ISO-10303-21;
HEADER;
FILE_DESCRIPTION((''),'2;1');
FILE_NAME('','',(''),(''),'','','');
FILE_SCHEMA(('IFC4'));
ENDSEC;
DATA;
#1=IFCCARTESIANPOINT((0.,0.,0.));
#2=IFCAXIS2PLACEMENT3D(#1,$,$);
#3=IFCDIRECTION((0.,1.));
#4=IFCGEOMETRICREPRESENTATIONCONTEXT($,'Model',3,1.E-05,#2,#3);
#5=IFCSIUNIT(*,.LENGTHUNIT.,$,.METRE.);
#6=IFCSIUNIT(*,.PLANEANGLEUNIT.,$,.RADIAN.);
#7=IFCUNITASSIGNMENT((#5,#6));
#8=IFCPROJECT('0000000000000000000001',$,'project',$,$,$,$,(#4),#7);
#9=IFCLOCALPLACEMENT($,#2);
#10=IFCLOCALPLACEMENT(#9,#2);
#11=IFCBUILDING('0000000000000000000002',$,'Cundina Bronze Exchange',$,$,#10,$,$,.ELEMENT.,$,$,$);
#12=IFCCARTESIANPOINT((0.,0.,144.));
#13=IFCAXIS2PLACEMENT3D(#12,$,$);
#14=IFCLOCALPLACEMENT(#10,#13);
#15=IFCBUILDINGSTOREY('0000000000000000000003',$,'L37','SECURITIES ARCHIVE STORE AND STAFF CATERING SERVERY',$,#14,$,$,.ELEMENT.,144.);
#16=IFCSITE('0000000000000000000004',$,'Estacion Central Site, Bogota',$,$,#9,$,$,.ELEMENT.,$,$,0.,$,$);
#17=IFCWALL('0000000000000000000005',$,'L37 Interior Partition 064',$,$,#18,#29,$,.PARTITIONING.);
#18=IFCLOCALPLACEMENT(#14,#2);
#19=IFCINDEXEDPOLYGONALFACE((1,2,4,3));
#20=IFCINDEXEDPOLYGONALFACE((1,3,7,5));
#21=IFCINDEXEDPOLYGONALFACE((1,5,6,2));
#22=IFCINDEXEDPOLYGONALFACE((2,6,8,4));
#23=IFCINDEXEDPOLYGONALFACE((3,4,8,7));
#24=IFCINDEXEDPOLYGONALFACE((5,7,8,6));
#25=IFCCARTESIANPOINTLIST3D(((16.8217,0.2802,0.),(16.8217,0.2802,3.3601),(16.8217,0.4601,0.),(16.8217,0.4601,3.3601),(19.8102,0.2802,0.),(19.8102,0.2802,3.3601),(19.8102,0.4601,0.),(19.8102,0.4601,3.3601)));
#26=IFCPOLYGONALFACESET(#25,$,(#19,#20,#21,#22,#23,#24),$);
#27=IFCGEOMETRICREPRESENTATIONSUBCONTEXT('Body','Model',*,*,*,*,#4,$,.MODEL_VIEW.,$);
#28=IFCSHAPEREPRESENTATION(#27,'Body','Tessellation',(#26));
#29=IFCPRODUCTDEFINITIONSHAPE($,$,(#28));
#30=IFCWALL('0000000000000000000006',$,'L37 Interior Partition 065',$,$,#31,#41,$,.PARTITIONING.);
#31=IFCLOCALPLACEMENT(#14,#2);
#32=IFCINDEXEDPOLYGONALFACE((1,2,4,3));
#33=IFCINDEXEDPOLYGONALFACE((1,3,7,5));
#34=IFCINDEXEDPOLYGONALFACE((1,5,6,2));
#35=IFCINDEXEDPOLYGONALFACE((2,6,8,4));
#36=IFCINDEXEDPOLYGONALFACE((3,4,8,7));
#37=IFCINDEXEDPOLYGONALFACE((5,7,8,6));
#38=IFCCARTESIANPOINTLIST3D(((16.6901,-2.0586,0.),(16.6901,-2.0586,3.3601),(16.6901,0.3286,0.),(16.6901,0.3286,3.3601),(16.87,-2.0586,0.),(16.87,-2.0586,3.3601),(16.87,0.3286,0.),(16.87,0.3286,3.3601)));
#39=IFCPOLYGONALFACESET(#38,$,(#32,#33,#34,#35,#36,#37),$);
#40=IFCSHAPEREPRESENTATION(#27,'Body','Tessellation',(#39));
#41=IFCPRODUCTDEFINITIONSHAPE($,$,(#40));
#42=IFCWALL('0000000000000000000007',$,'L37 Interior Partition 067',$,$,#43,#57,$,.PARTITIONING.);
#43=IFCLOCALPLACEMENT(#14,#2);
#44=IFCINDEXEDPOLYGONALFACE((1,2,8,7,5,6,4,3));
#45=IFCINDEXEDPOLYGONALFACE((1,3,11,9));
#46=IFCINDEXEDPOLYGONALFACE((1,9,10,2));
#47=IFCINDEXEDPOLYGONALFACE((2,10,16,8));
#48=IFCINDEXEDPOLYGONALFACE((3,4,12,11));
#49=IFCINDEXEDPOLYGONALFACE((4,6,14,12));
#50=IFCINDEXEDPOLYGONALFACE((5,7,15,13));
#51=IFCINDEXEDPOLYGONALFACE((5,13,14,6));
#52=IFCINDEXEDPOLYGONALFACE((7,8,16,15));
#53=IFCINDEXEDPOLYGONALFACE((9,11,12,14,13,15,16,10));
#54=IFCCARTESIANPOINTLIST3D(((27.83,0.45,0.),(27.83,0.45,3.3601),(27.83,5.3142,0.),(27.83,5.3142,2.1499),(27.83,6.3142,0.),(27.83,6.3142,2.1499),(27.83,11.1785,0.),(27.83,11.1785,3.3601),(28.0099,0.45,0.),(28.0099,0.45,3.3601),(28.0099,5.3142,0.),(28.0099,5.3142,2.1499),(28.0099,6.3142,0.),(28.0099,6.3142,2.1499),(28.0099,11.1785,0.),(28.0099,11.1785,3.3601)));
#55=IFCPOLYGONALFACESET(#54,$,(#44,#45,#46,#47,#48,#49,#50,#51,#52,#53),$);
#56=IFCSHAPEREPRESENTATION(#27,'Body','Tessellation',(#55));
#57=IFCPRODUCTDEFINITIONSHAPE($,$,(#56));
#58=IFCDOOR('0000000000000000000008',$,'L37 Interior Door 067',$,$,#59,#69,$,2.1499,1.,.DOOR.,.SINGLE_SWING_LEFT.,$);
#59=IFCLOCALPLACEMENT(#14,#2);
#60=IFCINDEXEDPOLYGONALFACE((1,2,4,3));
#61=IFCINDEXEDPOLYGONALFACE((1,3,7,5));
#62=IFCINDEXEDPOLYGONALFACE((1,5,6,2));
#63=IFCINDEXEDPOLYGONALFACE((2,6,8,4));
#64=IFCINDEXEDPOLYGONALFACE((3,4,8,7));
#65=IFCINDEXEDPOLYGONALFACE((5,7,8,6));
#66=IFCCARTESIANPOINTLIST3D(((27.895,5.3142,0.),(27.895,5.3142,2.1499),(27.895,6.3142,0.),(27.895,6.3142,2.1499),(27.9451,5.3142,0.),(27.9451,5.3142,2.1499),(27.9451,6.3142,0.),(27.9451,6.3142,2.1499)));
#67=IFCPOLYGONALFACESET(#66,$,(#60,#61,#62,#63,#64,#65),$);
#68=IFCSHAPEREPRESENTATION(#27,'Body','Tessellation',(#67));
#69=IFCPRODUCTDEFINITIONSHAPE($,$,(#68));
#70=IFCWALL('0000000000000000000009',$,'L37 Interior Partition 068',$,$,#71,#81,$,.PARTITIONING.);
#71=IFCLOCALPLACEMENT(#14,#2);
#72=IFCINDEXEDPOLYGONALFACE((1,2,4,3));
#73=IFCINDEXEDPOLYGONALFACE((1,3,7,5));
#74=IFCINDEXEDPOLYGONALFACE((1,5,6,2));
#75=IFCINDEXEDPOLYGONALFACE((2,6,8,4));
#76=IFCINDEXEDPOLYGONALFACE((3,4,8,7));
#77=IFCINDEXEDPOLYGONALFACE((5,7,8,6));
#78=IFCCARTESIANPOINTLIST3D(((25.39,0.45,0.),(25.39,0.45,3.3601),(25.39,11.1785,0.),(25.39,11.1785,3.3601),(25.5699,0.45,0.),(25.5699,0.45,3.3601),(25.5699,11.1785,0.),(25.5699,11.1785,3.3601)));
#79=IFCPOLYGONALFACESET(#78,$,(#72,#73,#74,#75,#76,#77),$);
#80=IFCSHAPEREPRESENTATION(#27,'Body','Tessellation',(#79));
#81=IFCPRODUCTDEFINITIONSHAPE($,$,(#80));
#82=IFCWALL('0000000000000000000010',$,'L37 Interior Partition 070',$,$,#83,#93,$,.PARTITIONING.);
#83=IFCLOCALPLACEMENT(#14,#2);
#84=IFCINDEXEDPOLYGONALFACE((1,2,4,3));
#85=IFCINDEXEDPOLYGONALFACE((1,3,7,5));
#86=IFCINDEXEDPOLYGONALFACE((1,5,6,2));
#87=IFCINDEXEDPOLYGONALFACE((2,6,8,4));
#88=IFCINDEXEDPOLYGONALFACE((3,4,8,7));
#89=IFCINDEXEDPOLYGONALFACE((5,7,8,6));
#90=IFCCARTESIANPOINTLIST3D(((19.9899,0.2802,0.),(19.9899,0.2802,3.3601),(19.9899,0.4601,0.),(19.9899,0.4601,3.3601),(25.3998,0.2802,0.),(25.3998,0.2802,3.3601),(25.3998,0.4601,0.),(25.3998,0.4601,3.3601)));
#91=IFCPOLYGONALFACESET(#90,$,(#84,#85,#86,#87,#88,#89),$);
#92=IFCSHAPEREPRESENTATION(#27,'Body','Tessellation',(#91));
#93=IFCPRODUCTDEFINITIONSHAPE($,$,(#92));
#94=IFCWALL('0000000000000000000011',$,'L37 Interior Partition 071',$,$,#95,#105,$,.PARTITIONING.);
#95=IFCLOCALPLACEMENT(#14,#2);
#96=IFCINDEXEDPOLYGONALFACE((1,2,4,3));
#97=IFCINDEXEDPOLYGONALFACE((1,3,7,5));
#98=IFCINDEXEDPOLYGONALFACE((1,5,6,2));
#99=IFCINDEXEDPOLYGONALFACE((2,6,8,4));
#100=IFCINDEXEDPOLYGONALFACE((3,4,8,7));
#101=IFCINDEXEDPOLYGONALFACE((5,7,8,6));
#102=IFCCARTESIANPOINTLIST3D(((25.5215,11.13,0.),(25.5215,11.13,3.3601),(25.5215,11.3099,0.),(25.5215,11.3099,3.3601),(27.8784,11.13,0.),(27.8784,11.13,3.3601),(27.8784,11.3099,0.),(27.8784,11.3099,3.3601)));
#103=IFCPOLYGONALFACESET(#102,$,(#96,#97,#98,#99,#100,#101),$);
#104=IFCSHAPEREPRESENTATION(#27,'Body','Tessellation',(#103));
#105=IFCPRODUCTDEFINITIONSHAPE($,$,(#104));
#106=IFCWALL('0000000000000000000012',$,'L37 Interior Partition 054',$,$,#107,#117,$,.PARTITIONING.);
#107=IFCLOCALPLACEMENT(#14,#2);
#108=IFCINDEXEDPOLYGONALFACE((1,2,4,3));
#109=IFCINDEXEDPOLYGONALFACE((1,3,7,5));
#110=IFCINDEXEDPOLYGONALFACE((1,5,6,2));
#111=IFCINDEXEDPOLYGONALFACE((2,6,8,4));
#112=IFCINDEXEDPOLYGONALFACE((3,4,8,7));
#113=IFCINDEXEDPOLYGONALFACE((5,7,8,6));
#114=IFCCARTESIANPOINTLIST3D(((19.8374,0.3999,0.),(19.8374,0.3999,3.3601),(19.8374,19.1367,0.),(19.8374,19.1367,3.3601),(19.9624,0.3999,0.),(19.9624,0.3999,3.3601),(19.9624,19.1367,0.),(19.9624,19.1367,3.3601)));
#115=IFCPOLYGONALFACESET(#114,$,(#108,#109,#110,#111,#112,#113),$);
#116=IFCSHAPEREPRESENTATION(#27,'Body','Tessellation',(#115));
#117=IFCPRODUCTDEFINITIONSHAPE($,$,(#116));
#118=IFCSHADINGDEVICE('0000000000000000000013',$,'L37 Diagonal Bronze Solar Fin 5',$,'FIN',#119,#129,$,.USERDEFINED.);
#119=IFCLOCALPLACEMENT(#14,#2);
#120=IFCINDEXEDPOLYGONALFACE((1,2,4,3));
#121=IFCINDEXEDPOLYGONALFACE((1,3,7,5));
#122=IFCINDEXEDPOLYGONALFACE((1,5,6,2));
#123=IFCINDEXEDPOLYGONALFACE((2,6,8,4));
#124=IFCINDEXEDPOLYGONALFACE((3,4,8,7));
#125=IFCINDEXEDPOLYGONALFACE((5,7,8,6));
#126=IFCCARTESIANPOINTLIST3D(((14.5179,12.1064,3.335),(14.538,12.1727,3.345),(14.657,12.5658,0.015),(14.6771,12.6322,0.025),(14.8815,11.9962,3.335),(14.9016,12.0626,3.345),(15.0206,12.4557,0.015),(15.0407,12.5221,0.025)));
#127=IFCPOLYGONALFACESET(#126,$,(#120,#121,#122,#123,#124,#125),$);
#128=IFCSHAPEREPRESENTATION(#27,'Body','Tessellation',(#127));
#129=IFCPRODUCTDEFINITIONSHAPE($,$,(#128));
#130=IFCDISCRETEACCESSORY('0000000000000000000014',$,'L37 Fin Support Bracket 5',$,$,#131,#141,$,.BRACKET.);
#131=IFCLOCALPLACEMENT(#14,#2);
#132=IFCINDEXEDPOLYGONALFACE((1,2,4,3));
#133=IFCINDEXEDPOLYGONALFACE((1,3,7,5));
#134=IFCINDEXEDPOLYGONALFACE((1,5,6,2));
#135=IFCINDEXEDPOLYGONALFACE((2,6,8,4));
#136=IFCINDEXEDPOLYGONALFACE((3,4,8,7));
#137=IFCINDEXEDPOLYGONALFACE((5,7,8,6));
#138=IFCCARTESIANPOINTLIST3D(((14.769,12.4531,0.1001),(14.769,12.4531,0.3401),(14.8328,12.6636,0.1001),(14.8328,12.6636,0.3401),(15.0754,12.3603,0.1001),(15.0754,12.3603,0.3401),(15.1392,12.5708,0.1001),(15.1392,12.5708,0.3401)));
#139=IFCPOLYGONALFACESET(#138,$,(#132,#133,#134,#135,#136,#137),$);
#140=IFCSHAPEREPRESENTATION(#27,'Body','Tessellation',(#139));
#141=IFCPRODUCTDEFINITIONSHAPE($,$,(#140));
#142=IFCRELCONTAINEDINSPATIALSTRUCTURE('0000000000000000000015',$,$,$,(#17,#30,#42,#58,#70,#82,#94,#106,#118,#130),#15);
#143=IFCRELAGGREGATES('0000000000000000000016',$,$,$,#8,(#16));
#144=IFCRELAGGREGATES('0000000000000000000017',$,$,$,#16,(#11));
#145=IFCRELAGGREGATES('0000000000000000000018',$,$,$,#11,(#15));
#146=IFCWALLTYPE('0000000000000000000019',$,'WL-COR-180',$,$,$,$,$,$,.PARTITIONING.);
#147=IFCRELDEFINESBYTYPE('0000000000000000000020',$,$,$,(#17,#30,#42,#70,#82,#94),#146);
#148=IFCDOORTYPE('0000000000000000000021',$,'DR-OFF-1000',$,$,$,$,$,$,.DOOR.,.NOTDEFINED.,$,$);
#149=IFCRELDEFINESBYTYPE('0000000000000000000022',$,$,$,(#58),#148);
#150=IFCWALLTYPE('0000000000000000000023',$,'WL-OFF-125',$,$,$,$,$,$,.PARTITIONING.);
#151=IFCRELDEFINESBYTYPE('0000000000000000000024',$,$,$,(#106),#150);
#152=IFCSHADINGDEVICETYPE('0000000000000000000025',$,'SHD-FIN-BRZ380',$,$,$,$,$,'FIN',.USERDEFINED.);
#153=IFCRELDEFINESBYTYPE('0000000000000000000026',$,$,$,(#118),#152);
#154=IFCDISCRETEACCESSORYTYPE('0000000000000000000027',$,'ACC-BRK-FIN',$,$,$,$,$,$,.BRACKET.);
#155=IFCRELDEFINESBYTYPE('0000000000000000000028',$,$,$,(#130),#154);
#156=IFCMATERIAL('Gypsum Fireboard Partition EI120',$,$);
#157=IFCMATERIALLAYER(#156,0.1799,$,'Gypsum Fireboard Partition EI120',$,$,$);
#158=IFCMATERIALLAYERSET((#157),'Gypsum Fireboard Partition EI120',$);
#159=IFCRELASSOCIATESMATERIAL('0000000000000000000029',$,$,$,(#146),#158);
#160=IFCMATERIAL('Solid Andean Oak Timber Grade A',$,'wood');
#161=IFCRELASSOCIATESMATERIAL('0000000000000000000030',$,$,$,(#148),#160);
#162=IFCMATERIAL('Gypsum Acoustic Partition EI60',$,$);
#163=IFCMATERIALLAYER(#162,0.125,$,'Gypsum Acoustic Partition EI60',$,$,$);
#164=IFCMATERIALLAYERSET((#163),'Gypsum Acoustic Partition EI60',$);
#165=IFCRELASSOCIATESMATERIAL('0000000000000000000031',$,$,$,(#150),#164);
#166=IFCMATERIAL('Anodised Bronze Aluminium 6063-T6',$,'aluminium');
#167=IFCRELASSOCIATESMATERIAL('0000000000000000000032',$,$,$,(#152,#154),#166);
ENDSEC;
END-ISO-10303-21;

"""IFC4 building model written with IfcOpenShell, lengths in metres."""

from ifc_helpers import new_model, si_unit, direction, frame, frame_2d, origin, origin_2d, place, context, subcontext, project, spatial, rectangle, extrude, material, layer, layer_set, material_profile, profile_set, type_object, element, fill, save


model = new_model("IFC4")

# Units and contexts
model_context = context("Model", 3, precision=1e-05, world=origin(), true_north=direction((0.0, 1.0)))
body_context = subcontext(model_context, "Body", "Model", "MODEL_VIEW")
ifc_project = project(units=[si_unit("LENGTHUNIT", "METRE"), si_unit("PLANEANGLEUNIT", "RADIAN")], contexts=[model_context])

# Site, building, storey
site_placement = place(None, origin())
site = spatial("IfcSite", under=ifc_project, at=site_placement, Name="Estacion Central Site, Bogota", CompositionType="ELEMENT", RefElevation=0.0)
building_placement = place(site_placement, origin())
building = spatial("IfcBuilding", under=site, at=building_placement, Name="Cundina Bronze Exchange", CompositionType="ELEMENT")
storey_placement = place(building_placement, frame((0.0, 0.0, 144.0)))
storey = spatial("IfcBuildingStorey", under=building, at=storey_placement, Name="L37", Description="SECURITIES ARCHIVE STORE AND STAFF CATERING SERVERY", CompositionType="ELEMENT", Elevation=144.0)

# Shared definitions
ifc_material_1 = material(Name="Anodised Bronze Aluminium 6063-T6", Category="aluminium")

# Walls
ifc_material_2 = material(Name="Gypsum Fireboard Partition EI120")
ifc_layer_1 = layer(ifc_material_2, 0.1799, Name="Gypsum Fireboard Partition EI120")
ifc_layer_set_1 = layer_set([ifc_layer_1], Name="Gypsum Fireboard Partition EI120")
wall_type_1 = type_object("IfcWallType", Name="WL-COR-180", PredefinedType="PARTITIONING", material=ifc_layer_set_1)
wall_1_placement = place(storey_placement, frame((19.8101, 0.3701, 0.0), z_axis=(0.0, 0.0, 1.0), x_axis=(-1.0, 0.0, 0.0)))
element("IfcWall", 1, at=wall_1_placement, inside=storey, type_object=wall_type_1, Name="L37 Interior Partition 064", PredefinedType="PARTITIONING", context=body_context, shape_type="SweptSolid", body=[
    extrude(rectangle(XDim=2.9885, YDim=0.1799, at=frame_2d((1.4941, 0.0))), origin(), (0.0, 0.0, 1.0), 3.3601),
])
wall_2_placement = place(storey_placement, frame((16.78, 0.3286, 0.0), z_axis=(0.0, 0.0, 1.0), x_axis=(0.0, -1.0, 0.0)))
element("IfcWall", 2, at=wall_2_placement, inside=storey, type_object=wall_type_1, Name="L37 Interior Partition 065", PredefinedType="PARTITIONING", context=body_context, shape_type="SweptSolid", body=[
    extrude(rectangle(XDim=2.3872, YDim=0.1799, at=frame_2d((1.1936, 0.0))), origin(), (0.0, 0.0, 1.0), 3.3601),
])

# Wall, opening, door
wall_3_placement = place(storey_placement, frame((27.9199, 0.45, 0.0), z_axis=(0.0, 0.0, 1.0), x_axis=(0.0, 1.0, 0.0)))
wall_3 = element("IfcWall", 3, at=wall_3_placement, inside=storey, type_object=wall_type_1, Name="L37 Interior Partition 067", PredefinedType="PARTITIONING", context=body_context, shape_type="SweptSolid", body=[
    extrude(rectangle(XDim=10.7285, YDim=0.1799, at=frame_2d((5.3643, 0.0))), origin(), (0.0, 0.0, 1.0), 3.3601),
])
opening_placement = place(wall_3_placement, frame((4.8643, 0.0, 0.0)))
opening = element("IfcOpeningElement", 4, at=opening_placement, cuts=wall_3, PredefinedType="OPENING", context=body_context, shape_type="SweptSolid", body=[
    extrude(rectangle(XDim=1.0, YDim=2.1499, at=frame_2d((0.5, 1.075))), frame((0.0, 0.0999, 0.0), z_axis=(0.0, -1.0, 0.0), x_axis=(1.0, 0.0, 0.0)), (0.0, 0.0, 1.0), 0.2),
])
ifc_material_3 = material(Name="Solid Andean Oak Timber Grade A", Category="wood")
door_type = type_object("IfcDoorType", Name="DR-OFF-1000", OperationType="NOTDEFINED", PredefinedType="DOOR", material=ifc_material_3)
door_placement = place(opening_placement, origin())
door = element("IfcDoor", 5, at=door_placement, inside=storey, type_object=door_type, Name="L37 Interior Door 067", OperationType="SINGLE_SWING_LEFT", OverallHeight=2.1499, OverallWidth=1.0, PredefinedType="DOOR", context=body_context, shape_type="SweptSolid", body=[
    extrude(rectangle(XDim=1.0, YDim=2.1499, at=frame_2d((0.5, 1.075))), frame((0.0, 0.0249, 0.0), z_axis=(0.0, -1.0, 0.0), x_axis=(1.0, 0.0, 0.0)), (0.0, 0.0, 1.0), 0.05),
])
fill(opening, door)

# Walls
wall_4_placement = place(storey_placement, frame((25.48, 11.1785, 0.0), z_axis=(0.0, 0.0, 1.0), x_axis=(0.0, -1.0, 0.0)))
element("IfcWall", 6, at=wall_4_placement, inside=storey, type_object=wall_type_1, Name="L37 Interior Partition 068", PredefinedType="PARTITIONING", context=body_context, shape_type="SweptSolid", body=[
    extrude(rectangle(XDim=10.7285, YDim=0.1799, at=frame_2d((5.3643, 0.0))), origin(), (0.0, 0.0, 1.0), 3.3601),
])
wall_5_placement = place(storey_placement, frame((25.3999, 0.3701, 0.0), z_axis=(0.0, 0.0, 1.0), x_axis=(-1.0, 0.0, 0.0)))
element("IfcWall", 7, at=wall_5_placement, inside=storey, type_object=wall_type_1, Name="L37 Interior Partition 070", PredefinedType="PARTITIONING", context=body_context, shape_type="SweptSolid", body=[
    extrude(rectangle(XDim=5.4099, YDim=0.1799, at=frame_2d((2.7051, 0.0))), origin(), (0.0, 0.0, 1.0), 3.3601),
])
wall_6_placement = place(storey_placement, frame((27.8784, 11.22, 0.0), z_axis=(0.0, 0.0, 1.0), x_axis=(-1.0, 0.0, 0.0)))
element("IfcWall", 8, at=wall_6_placement, inside=storey, type_object=wall_type_1, Name="L37 Interior Partition 071", PredefinedType="PARTITIONING", context=body_context, shape_type="SweptSolid", body=[
    extrude(rectangle(XDim=2.3569, YDim=0.1799, at=frame_2d((1.1785, 0.0))), origin(), (0.0, 0.0, 1.0), 3.3601),
])
ifc_material_4 = material(Name="Gypsum Acoustic Partition EI60")
ifc_layer_2 = layer(ifc_material_4, 0.125, Name="Gypsum Acoustic Partition EI60")
ifc_layer_set_2 = layer_set([ifc_layer_2], Name="Gypsum Acoustic Partition EI60")
wall_type_2 = type_object("IfcWallType", Name="WL-OFF-125", PredefinedType="PARTITIONING", material=ifc_layer_set_2)
wall_7_placement = place(storey_placement, frame((19.8999, 0.3999, 0.0), z_axis=(0.0, 0.0, 1.0), x_axis=(0.0, 1.0, 0.0)))
element("IfcWall", 9, at=wall_7_placement, inside=storey, type_object=wall_type_2, Name="L37 Interior Partition 054", PredefinedType="PARTITIONING", context=body_context, shape_type="SweptSolid", body=[
    extrude(rectangle(XDim=18.7368, YDim=0.125, at=frame_2d((9.3684, 0.0))), origin(), (0.0, 0.0, 1.0), 3.3601),
])

# Shading device
ifc_material_profile_1 = material_profile(ifc_material_1, rectangle(XDim=0.0701, YDim=0.3799, at=origin_2d()), Name="FIN70X380", Category="aluminium")
ifc_profile_set_1 = profile_set([ifc_material_profile_1], Name="Anodised Bronze Aluminium 6063-T6")
shading_device_type = type_object("IfcShadingDeviceType", Name="SHD-FIN-BRZ380", ElementType="FIN", PredefinedType="USERDEFINED", material=ifc_profile_set_1)
shading_device_placement = place(storey_placement, frame((14.8489, 12.5439, 0.02), z_axis=(-0.041483, -0.136968, 0.989706), x_axis=(0.286883, 0.947216, 0.143112)))
element("IfcShadingDevice", 10, at=shading_device_placement, inside=storey, type_object=shading_device_type, Name="L37 Diagonal Bronze Solar Fin 5", ObjectType="FIN", PredefinedType="USERDEFINED", context=body_context, shape_type="SweptSolid", body=[
    extrude(rectangle(XDim=0.0701, YDim=0.3799, at=origin_2d()), origin(), (0.0, 0.0, 1.0), 3.3545),
])

# Discrete accessory
discrete_accessory_type = type_object("IfcDiscreteAccessoryType", Name="ACC-BRK-FIN", PredefinedType="BRACKET", material=ifc_material_1)
discrete_accessory_placement = place(storey_placement, frame((14.9541, 12.512, 0.1001), z_axis=(0.0, 0.0, 1.0), x_axis=(-0.290051, -0.957011, 0.0)))
element("IfcDiscreteAccessory", 11, at=discrete_accessory_placement, inside=storey, type_object=discrete_accessory_type, Name="L37 Fin Support Bracket 5", PredefinedType="BRACKET", context=body_context, shape_type="SweptSolid", body=[
    extrude(rectangle(XDim=0.22, YDim=0.3201, at=origin_2d()), origin(), (0.0, 0.0, 1.0), 0.24),
])

save(model, "model.ifc")
